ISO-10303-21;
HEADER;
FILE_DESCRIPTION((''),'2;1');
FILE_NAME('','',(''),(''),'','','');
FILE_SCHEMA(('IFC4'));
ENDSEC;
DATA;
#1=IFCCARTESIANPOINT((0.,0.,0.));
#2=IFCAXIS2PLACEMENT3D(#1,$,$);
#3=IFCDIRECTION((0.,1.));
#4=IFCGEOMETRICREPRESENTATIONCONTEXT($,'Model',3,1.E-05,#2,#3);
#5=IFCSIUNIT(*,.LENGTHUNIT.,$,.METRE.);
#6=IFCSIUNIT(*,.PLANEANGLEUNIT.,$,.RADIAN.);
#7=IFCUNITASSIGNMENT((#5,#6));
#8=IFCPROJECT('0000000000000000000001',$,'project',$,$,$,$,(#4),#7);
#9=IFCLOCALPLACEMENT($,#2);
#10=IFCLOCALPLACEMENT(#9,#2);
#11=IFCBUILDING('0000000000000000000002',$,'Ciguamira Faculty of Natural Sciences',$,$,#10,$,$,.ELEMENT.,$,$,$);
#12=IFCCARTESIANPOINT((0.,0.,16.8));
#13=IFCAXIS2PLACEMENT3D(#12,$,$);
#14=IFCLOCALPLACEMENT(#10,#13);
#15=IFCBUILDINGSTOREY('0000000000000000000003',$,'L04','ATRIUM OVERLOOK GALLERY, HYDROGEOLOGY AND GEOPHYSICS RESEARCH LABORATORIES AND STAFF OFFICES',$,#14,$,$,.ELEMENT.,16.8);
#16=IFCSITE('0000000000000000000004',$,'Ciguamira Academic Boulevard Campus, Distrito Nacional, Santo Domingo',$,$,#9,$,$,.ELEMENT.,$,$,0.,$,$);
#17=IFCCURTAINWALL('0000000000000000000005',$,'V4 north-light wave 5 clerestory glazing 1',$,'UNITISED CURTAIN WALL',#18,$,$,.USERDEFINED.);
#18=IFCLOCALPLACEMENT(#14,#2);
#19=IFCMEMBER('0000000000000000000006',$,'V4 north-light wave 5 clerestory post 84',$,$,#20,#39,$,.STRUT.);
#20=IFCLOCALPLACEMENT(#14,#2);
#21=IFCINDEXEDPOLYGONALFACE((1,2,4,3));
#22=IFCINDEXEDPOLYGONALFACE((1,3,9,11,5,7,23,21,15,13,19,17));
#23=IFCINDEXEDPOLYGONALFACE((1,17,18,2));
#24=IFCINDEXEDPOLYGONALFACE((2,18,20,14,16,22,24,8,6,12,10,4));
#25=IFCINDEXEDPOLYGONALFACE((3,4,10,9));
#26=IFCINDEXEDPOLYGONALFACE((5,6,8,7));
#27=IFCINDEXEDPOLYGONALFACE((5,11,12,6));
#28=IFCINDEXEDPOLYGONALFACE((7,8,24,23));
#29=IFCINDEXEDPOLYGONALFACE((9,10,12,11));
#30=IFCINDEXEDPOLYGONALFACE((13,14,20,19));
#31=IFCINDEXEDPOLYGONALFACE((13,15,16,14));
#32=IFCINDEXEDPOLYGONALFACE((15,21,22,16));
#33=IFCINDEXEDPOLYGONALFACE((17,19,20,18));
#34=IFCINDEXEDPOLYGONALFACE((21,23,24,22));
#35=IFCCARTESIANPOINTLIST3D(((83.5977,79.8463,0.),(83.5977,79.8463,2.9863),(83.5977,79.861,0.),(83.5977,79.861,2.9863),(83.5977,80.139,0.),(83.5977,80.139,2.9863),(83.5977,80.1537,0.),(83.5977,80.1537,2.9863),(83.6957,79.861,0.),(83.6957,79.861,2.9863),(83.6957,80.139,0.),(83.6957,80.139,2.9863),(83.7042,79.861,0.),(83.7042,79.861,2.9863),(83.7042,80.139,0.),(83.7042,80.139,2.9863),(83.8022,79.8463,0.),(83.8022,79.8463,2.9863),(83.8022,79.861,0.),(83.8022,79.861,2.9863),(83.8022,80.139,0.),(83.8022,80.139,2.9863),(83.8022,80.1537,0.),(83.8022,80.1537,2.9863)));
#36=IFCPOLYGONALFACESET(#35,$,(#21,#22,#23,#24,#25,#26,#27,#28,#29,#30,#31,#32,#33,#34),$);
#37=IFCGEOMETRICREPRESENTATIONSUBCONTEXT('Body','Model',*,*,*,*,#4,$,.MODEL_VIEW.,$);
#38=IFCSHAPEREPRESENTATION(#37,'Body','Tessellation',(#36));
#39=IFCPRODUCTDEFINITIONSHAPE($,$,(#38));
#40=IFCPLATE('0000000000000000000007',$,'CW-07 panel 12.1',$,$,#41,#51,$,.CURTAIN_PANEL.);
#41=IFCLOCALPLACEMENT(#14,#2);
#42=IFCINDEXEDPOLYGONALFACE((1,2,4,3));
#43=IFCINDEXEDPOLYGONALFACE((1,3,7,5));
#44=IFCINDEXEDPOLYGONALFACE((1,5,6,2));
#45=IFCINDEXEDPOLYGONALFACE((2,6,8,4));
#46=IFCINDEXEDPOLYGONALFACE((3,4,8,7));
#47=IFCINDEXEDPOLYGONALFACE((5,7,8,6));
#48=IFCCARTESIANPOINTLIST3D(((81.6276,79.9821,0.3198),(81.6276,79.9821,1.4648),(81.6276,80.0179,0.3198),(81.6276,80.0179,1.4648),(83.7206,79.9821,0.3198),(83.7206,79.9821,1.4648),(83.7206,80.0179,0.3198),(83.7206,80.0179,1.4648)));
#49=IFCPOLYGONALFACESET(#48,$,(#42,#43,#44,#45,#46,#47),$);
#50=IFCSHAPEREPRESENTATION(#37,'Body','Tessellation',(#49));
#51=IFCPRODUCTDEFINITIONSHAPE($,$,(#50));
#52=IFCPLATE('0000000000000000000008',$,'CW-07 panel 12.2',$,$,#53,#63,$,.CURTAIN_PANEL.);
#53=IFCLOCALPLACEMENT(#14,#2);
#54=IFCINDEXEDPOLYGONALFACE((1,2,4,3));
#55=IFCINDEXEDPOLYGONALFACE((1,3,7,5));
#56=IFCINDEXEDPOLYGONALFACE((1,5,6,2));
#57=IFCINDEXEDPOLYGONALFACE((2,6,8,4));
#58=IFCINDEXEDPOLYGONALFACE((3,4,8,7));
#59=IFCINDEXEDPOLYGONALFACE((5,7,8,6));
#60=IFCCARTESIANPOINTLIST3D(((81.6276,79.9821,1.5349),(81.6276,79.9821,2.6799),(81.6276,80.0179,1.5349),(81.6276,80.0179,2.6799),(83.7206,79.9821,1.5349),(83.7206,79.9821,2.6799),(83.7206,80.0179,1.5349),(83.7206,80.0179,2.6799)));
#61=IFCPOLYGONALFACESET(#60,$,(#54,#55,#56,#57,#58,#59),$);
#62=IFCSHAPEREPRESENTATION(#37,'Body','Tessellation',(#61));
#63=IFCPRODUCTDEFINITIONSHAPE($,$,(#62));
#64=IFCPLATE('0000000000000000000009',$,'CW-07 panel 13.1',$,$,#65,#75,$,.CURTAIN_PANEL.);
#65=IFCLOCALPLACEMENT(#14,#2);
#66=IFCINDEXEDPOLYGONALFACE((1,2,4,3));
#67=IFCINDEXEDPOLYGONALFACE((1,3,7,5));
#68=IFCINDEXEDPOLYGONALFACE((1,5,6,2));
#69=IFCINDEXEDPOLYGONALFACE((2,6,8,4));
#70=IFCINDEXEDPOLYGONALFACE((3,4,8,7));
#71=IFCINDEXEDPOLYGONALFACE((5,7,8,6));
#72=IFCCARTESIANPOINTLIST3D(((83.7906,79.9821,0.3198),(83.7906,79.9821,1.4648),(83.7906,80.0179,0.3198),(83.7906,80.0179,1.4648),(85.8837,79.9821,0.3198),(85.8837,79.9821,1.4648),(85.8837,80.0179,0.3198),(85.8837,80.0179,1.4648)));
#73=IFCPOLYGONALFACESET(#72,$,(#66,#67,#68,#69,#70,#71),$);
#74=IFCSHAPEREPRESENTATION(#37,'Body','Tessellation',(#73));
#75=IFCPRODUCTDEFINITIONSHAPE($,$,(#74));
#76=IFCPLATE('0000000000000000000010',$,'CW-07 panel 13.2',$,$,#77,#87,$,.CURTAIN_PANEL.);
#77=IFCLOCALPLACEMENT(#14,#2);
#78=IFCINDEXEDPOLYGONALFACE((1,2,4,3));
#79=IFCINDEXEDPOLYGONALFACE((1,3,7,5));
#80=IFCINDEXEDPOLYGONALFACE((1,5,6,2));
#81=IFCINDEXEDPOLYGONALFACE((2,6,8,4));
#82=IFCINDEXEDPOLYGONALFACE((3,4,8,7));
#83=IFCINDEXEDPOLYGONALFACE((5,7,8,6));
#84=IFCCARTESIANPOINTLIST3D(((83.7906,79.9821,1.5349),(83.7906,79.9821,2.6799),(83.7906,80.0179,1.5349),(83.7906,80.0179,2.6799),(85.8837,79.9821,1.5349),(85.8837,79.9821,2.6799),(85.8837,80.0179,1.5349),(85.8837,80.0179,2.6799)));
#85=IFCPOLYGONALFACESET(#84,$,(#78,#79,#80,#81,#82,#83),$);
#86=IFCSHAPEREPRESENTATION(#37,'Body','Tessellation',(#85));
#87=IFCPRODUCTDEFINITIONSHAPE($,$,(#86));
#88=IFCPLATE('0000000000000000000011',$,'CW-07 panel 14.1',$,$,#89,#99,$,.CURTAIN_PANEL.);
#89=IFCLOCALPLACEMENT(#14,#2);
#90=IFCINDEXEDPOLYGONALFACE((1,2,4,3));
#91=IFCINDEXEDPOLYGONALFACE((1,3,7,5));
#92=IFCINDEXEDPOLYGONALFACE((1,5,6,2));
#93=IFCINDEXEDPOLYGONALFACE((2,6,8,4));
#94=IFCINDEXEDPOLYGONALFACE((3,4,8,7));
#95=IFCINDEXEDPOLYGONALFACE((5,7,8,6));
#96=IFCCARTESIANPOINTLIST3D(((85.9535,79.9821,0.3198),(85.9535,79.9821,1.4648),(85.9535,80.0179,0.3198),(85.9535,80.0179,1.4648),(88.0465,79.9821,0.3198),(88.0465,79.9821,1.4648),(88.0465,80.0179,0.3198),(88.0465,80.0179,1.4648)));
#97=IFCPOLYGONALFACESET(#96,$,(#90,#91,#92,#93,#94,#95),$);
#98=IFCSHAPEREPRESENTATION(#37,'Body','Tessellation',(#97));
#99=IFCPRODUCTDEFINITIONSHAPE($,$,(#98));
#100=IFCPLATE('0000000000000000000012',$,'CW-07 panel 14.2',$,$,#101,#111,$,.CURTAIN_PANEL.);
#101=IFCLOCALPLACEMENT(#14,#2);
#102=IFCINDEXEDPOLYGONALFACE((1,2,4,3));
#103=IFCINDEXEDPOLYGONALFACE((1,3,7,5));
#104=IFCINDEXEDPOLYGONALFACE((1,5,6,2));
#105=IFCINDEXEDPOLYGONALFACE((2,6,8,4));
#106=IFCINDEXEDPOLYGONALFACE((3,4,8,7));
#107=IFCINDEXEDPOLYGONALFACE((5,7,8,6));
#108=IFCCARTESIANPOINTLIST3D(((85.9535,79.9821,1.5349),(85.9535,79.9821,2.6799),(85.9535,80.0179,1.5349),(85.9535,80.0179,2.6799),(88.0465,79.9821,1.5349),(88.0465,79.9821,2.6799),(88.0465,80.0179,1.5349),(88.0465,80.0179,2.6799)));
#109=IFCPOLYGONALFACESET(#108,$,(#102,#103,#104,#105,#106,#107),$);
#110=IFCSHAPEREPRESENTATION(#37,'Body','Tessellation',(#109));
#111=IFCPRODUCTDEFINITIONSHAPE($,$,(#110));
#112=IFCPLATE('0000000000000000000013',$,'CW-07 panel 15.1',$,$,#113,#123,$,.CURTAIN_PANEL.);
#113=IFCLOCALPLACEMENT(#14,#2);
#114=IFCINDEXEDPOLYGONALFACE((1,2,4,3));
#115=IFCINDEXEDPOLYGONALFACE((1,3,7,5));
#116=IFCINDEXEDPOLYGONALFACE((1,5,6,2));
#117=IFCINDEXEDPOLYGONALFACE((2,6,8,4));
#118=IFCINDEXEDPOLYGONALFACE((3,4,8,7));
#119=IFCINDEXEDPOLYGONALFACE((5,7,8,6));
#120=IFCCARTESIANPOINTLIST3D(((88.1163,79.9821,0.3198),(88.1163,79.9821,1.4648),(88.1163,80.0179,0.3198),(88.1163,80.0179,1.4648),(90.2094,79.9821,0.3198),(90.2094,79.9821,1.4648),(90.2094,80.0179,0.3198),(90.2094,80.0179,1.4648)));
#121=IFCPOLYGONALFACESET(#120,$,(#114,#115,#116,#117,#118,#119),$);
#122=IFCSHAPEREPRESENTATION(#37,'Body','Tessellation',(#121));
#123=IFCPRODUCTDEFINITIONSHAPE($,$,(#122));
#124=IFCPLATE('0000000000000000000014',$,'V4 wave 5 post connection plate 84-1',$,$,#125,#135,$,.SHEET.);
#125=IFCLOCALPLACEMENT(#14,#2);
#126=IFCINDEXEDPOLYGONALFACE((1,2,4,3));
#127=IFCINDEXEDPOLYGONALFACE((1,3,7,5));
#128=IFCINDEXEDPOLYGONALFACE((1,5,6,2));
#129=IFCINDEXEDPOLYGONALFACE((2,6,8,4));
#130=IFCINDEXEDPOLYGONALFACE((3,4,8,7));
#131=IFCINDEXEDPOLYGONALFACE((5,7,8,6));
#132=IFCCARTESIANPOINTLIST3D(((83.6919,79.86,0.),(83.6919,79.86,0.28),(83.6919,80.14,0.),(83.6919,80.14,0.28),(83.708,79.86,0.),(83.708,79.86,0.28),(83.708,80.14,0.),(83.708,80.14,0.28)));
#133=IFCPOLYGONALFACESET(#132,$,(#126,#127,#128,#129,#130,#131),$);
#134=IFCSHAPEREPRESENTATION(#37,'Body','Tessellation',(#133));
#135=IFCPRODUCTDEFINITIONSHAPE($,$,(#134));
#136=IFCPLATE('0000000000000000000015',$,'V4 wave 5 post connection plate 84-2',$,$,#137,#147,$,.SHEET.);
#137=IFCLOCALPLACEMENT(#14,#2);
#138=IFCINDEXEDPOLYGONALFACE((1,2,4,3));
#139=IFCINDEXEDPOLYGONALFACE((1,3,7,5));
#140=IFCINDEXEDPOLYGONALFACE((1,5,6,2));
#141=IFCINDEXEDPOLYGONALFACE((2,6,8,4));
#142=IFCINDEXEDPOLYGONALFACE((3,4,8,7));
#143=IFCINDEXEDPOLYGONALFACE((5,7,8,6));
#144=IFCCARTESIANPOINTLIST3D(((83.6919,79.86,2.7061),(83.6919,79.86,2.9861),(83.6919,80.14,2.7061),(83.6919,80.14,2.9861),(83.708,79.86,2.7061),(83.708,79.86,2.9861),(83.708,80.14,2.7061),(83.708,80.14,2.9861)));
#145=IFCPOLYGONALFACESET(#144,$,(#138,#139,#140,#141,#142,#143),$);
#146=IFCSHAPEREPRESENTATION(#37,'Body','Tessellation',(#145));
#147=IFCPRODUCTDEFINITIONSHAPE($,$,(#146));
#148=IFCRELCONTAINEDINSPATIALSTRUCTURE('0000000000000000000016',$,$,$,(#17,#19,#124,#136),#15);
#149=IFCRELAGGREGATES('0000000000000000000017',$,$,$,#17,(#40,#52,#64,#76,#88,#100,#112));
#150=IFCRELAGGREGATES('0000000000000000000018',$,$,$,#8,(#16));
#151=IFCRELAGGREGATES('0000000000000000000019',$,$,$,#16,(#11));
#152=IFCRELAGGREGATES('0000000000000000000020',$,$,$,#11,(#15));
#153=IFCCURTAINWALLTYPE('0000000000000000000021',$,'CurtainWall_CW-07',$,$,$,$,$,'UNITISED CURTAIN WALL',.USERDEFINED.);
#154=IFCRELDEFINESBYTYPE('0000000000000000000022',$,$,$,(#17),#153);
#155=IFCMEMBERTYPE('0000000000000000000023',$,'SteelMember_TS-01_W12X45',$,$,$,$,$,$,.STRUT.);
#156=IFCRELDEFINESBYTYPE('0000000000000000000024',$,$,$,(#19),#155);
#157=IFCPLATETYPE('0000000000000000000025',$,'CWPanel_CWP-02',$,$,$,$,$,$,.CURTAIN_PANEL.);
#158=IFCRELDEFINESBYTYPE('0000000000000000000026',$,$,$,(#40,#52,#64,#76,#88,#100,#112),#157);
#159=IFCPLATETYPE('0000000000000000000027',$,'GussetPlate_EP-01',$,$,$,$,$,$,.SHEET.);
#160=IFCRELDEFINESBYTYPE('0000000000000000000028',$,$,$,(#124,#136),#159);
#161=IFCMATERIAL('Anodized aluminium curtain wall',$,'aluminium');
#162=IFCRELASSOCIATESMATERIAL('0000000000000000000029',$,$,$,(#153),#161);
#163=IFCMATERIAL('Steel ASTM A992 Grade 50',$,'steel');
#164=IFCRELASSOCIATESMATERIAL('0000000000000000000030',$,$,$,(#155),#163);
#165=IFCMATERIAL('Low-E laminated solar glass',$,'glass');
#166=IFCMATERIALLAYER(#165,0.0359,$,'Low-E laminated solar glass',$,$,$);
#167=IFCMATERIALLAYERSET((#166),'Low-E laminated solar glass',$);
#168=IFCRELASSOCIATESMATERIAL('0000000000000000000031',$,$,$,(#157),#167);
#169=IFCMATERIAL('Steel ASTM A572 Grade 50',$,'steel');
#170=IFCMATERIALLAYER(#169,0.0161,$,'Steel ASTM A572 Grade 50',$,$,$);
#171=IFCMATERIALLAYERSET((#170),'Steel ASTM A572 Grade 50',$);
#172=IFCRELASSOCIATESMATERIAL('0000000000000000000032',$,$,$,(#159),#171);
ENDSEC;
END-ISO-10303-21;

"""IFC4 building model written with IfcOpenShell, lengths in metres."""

from ifc_helpers import new_model, si_unit, direction, frame, origin, origin_2d, place, context, subcontext, project, spatial, rectangle, i_section, extrude, material, layer, layer_set, material_profile, profile_set, type_object, element, aggregate, save


model = new_model("IFC4")

# Units and contexts
model_context = context("Model", 3, precision=1e-05, world=origin(), true_north=direction((0.0, 1.0)))
body_context = subcontext(model_context, "Body", "Model", "MODEL_VIEW")
ifc_project = project(units=[si_unit("LENGTHUNIT", "METRE"), si_unit("PLANEANGLEUNIT", "RADIAN")], contexts=[model_context])

# Site, building, storey
site_placement = place(None, origin())
site = spatial("IfcSite", under=ifc_project, at=site_placement, Name="Ciguamira Academic Boulevard Campus, Distrito Nacional, Santo Domingo", CompositionType="ELEMENT", RefElevation=0.0)
building_placement = place(site_placement, origin())
building = spatial("IfcBuilding", under=site, at=building_placement, Name="Ciguamira Faculty of Natural Sciences", CompositionType="ELEMENT")
storey_placement = place(building_placement, frame((0.0, 0.0, 16.8)))
storey = spatial("IfcBuildingStorey", under=building, at=storey_placement, Name="L04", Description="ATRIUM OVERLOOK GALLERY, HYDROGEOLOGY AND GEOPHYSICS RESEARCH LABORATORIES AND STAFF OFFICES", CompositionType="ELEMENT", Elevation=16.8)

# Curtain wall
ifc_material_1 = material(Name="Anodized aluminium curtain wall", Category="aluminium")
curtain_wall_type = type_object("IfcCurtainWallType", Name="CurtainWall_CW-07", ElementType="UNITISED CURTAIN WALL", PredefinedType="USERDEFINED", material=ifc_material_1)
curtain_wall_placement = place(storey_placement, origin())
curtain_wall = element("IfcCurtainWall", 1, at=curtain_wall_placement, inside=storey, type_object=curtain_wall_type, Name="V4 north-light wave 5 clerestory glazing 1", ObjectType="UNITISED CURTAIN WALL", PredefinedType="USERDEFINED")

# Member
ifc_material_2 = material(Name="Steel ASTM A992 Grade 50", Category="steel")
ifc_material_profile_1 = material_profile(ifc_material_2, i_section(OverallWidth=0.2046, OverallDepth=0.3074, WebThickness=0.0085, FlangeThickness=0.0146, at=origin_2d()), Name="W12X45")
ifc_profile_set_1 = profile_set([ifc_material_profile_1], Name="Steel ASTM A992 Grade 50")
member_type_1 = type_object("IfcMemberType", Name="SteelMember_TS-01_W12X45", PredefinedType="STRUT", material=ifc_profile_set_1)
member_1_placement = place(storey_placement, frame((83.7, 80.0, 0.0), z_axis=(0.0, 0.0, 1.0), x_axis=(1.0, 0.0, 0.0)))
element("IfcMember", 2, at=member_1_placement, inside=storey, type_object=member_type_1, Name="V4 north-light wave 5 clerestory post 84", PredefinedType="STRUT", context=body_context, shape_type="SweptSolid", body=[
    extrude(i_section(OverallWidth=0.2046, OverallDepth=0.3074, WebThickness=0.0085, FlangeThickness=0.0146, at=origin_2d()), origin(), (0.0, 0.0, 1.0), 2.9863),
])

# Plates
ifc_material_3 = material(Name="Low-E laminated solar glass", Category="glass")
ifc_layer_1 = layer(ifc_material_3, 0.0359, Name="Low-E laminated solar glass")
ifc_layer_set_1 = layer_set([ifc_layer_1], Name="Low-E laminated solar glass")
plate_type_1 = type_object("IfcPlateType", Name="CWPanel_CWP-02", PredefinedType="CURTAIN_PANEL", material=ifc_layer_set_1)
plate_1_placement = place(storey_placement, frame((82.6741, 80.0, 0.3198), z_axis=(0.0, 0.0, 1.0), x_axis=(1.0, 0.0, 0.0)))
plate_1 = element("IfcPlate", 3, at=plate_1_placement, type_object=plate_type_1, Name="CW-07 panel 12.1", PredefinedType="CURTAIN_PANEL", context=body_context, shape_type="SweptSolid", body=[
    extrude(rectangle(XDim=2.093, YDim=0.0359, at=origin_2d()), origin(), (0.0, 0.0, 1.0), 1.145),
])
plate_2_placement = place(storey_placement, frame((82.6741, 80.0, 1.5349), z_axis=(0.0, 0.0, 1.0), x_axis=(1.0, 0.0, 0.0)))
plate_2 = element("IfcPlate", 4, at=plate_2_placement, type_object=plate_type_1, Name="CW-07 panel 12.2", PredefinedType="CURTAIN_PANEL", context=body_context, shape_type="SweptSolid", body=[
    extrude(rectangle(XDim=2.093, YDim=0.0359, at=origin_2d()), origin(), (0.0, 0.0, 1.0), 1.145),
])
plate_3_placement = place(storey_placement, frame((84.8372, 80.0, 0.3198), z_axis=(0.0, 0.0, 1.0), x_axis=(1.0, 0.0, 0.0)))
plate_3 = element("IfcPlate", 5, at=plate_3_placement, type_object=plate_type_1, Name="CW-07 panel 13.1", PredefinedType="CURTAIN_PANEL", context=body_context, shape_type="SweptSolid", body=[
    extrude(rectangle(XDim=2.093, YDim=0.0359, at=origin_2d()), origin(), (0.0, 0.0, 1.0), 1.145),
])
plate_4_placement = place(storey_placement, frame((84.8372, 80.0, 1.5349), z_axis=(0.0, 0.0, 1.0), x_axis=(1.0, 0.0, 0.0)))
plate_4 = element("IfcPlate", 6, at=plate_4_placement, type_object=plate_type_1, Name="CW-07 panel 13.2", PredefinedType="CURTAIN_PANEL", context=body_context, shape_type="SweptSolid", body=[
    extrude(rectangle(XDim=2.093, YDim=0.0359, at=origin_2d()), origin(), (0.0, 0.0, 1.0), 1.145),
])
plate_5_placement = place(storey_placement, frame((87.0, 80.0, 0.3198), z_axis=(0.0, 0.0, 1.0), x_axis=(1.0, 0.0, 0.0)))
plate_5 = element("IfcPlate", 7, at=plate_5_placement, type_object=plate_type_1, Name="CW-07 panel 14.1", PredefinedType="CURTAIN_PANEL", context=body_context, shape_type="SweptSolid", body=[
    extrude(rectangle(XDim=2.093, YDim=0.0359, at=origin_2d()), origin(), (0.0, 0.0, 1.0), 1.145),
])
plate_6_placement = place(storey_placement, frame((87.0, 80.0, 1.5349), z_axis=(0.0, 0.0, 1.0), x_axis=(1.0, 0.0, 0.0)))
plate_6 = element("IfcPlate", 8, at=plate_6_placement, type_object=plate_type_1, Name="CW-07 panel 14.2", PredefinedType="CURTAIN_PANEL", context=body_context, shape_type="SweptSolid", body=[
    extrude(rectangle(XDim=2.093, YDim=0.0359, at=origin_2d()), origin(), (0.0, 0.0, 1.0), 1.145),
])
plate_7_placement = place(storey_placement, frame((89.1628, 80.0, 0.3198), z_axis=(0.0, 0.0, 1.0), x_axis=(1.0, 0.0, 0.0)))
plate_7 = element("IfcPlate", 9, at=plate_7_placement, type_object=plate_type_1, Name="CW-07 panel 15.1", PredefinedType="CURTAIN_PANEL", context=body_context, shape_type="SweptSolid", body=[
    extrude(rectangle(XDim=2.093, YDim=0.0359, at=origin_2d()), origin(), (0.0, 0.0, 1.0), 1.145),
])
aggregate(curtain_wall, [plate_1, plate_2, plate_3, plate_4, plate_5, plate_6, plate_7])

# Plates
ifc_material_4 = material(Name="Steel ASTM A572 Grade 50", Category="steel")
ifc_layer_2 = layer(ifc_material_4, 0.0161, Name="Steel ASTM A572 Grade 50")
ifc_layer_set_2 = layer_set([ifc_layer_2], Name="Steel ASTM A572 Grade 50")
plate_type_2 = type_object("IfcPlateType", Name="GussetPlate_EP-01", PredefinedType="SHEET", material=ifc_layer_set_2)
for number, where, z_axis, x_axis, name in (
    (10, (83.7, 80.0, 0.0), (0.0, 0.0, 1.0), (1.0, 0.0, 0.0), "V4 wave 5 post connection plate 84-1"),
    (11, (83.7, 80.0, 2.7061), (0.0, 0.0, 1.0), (1.0, 0.0, 0.0), "V4 wave 5 post connection plate 84-2"),
):
    element("IfcPlate", number, at=place(storey_placement, frame(where, z_axis=z_axis, x_axis=x_axis)), inside=storey, type_object=plate_type_2, Name=name, PredefinedType="SHEET", context=body_context, shape_type="SweptSolid", body=[
        extrude(rectangle(XDim=0.0161, YDim=0.28, at=origin_2d()), origin(), (0.0, 0.0, 1.0), 0.28),
    ])

save(model, "model.ifc")
